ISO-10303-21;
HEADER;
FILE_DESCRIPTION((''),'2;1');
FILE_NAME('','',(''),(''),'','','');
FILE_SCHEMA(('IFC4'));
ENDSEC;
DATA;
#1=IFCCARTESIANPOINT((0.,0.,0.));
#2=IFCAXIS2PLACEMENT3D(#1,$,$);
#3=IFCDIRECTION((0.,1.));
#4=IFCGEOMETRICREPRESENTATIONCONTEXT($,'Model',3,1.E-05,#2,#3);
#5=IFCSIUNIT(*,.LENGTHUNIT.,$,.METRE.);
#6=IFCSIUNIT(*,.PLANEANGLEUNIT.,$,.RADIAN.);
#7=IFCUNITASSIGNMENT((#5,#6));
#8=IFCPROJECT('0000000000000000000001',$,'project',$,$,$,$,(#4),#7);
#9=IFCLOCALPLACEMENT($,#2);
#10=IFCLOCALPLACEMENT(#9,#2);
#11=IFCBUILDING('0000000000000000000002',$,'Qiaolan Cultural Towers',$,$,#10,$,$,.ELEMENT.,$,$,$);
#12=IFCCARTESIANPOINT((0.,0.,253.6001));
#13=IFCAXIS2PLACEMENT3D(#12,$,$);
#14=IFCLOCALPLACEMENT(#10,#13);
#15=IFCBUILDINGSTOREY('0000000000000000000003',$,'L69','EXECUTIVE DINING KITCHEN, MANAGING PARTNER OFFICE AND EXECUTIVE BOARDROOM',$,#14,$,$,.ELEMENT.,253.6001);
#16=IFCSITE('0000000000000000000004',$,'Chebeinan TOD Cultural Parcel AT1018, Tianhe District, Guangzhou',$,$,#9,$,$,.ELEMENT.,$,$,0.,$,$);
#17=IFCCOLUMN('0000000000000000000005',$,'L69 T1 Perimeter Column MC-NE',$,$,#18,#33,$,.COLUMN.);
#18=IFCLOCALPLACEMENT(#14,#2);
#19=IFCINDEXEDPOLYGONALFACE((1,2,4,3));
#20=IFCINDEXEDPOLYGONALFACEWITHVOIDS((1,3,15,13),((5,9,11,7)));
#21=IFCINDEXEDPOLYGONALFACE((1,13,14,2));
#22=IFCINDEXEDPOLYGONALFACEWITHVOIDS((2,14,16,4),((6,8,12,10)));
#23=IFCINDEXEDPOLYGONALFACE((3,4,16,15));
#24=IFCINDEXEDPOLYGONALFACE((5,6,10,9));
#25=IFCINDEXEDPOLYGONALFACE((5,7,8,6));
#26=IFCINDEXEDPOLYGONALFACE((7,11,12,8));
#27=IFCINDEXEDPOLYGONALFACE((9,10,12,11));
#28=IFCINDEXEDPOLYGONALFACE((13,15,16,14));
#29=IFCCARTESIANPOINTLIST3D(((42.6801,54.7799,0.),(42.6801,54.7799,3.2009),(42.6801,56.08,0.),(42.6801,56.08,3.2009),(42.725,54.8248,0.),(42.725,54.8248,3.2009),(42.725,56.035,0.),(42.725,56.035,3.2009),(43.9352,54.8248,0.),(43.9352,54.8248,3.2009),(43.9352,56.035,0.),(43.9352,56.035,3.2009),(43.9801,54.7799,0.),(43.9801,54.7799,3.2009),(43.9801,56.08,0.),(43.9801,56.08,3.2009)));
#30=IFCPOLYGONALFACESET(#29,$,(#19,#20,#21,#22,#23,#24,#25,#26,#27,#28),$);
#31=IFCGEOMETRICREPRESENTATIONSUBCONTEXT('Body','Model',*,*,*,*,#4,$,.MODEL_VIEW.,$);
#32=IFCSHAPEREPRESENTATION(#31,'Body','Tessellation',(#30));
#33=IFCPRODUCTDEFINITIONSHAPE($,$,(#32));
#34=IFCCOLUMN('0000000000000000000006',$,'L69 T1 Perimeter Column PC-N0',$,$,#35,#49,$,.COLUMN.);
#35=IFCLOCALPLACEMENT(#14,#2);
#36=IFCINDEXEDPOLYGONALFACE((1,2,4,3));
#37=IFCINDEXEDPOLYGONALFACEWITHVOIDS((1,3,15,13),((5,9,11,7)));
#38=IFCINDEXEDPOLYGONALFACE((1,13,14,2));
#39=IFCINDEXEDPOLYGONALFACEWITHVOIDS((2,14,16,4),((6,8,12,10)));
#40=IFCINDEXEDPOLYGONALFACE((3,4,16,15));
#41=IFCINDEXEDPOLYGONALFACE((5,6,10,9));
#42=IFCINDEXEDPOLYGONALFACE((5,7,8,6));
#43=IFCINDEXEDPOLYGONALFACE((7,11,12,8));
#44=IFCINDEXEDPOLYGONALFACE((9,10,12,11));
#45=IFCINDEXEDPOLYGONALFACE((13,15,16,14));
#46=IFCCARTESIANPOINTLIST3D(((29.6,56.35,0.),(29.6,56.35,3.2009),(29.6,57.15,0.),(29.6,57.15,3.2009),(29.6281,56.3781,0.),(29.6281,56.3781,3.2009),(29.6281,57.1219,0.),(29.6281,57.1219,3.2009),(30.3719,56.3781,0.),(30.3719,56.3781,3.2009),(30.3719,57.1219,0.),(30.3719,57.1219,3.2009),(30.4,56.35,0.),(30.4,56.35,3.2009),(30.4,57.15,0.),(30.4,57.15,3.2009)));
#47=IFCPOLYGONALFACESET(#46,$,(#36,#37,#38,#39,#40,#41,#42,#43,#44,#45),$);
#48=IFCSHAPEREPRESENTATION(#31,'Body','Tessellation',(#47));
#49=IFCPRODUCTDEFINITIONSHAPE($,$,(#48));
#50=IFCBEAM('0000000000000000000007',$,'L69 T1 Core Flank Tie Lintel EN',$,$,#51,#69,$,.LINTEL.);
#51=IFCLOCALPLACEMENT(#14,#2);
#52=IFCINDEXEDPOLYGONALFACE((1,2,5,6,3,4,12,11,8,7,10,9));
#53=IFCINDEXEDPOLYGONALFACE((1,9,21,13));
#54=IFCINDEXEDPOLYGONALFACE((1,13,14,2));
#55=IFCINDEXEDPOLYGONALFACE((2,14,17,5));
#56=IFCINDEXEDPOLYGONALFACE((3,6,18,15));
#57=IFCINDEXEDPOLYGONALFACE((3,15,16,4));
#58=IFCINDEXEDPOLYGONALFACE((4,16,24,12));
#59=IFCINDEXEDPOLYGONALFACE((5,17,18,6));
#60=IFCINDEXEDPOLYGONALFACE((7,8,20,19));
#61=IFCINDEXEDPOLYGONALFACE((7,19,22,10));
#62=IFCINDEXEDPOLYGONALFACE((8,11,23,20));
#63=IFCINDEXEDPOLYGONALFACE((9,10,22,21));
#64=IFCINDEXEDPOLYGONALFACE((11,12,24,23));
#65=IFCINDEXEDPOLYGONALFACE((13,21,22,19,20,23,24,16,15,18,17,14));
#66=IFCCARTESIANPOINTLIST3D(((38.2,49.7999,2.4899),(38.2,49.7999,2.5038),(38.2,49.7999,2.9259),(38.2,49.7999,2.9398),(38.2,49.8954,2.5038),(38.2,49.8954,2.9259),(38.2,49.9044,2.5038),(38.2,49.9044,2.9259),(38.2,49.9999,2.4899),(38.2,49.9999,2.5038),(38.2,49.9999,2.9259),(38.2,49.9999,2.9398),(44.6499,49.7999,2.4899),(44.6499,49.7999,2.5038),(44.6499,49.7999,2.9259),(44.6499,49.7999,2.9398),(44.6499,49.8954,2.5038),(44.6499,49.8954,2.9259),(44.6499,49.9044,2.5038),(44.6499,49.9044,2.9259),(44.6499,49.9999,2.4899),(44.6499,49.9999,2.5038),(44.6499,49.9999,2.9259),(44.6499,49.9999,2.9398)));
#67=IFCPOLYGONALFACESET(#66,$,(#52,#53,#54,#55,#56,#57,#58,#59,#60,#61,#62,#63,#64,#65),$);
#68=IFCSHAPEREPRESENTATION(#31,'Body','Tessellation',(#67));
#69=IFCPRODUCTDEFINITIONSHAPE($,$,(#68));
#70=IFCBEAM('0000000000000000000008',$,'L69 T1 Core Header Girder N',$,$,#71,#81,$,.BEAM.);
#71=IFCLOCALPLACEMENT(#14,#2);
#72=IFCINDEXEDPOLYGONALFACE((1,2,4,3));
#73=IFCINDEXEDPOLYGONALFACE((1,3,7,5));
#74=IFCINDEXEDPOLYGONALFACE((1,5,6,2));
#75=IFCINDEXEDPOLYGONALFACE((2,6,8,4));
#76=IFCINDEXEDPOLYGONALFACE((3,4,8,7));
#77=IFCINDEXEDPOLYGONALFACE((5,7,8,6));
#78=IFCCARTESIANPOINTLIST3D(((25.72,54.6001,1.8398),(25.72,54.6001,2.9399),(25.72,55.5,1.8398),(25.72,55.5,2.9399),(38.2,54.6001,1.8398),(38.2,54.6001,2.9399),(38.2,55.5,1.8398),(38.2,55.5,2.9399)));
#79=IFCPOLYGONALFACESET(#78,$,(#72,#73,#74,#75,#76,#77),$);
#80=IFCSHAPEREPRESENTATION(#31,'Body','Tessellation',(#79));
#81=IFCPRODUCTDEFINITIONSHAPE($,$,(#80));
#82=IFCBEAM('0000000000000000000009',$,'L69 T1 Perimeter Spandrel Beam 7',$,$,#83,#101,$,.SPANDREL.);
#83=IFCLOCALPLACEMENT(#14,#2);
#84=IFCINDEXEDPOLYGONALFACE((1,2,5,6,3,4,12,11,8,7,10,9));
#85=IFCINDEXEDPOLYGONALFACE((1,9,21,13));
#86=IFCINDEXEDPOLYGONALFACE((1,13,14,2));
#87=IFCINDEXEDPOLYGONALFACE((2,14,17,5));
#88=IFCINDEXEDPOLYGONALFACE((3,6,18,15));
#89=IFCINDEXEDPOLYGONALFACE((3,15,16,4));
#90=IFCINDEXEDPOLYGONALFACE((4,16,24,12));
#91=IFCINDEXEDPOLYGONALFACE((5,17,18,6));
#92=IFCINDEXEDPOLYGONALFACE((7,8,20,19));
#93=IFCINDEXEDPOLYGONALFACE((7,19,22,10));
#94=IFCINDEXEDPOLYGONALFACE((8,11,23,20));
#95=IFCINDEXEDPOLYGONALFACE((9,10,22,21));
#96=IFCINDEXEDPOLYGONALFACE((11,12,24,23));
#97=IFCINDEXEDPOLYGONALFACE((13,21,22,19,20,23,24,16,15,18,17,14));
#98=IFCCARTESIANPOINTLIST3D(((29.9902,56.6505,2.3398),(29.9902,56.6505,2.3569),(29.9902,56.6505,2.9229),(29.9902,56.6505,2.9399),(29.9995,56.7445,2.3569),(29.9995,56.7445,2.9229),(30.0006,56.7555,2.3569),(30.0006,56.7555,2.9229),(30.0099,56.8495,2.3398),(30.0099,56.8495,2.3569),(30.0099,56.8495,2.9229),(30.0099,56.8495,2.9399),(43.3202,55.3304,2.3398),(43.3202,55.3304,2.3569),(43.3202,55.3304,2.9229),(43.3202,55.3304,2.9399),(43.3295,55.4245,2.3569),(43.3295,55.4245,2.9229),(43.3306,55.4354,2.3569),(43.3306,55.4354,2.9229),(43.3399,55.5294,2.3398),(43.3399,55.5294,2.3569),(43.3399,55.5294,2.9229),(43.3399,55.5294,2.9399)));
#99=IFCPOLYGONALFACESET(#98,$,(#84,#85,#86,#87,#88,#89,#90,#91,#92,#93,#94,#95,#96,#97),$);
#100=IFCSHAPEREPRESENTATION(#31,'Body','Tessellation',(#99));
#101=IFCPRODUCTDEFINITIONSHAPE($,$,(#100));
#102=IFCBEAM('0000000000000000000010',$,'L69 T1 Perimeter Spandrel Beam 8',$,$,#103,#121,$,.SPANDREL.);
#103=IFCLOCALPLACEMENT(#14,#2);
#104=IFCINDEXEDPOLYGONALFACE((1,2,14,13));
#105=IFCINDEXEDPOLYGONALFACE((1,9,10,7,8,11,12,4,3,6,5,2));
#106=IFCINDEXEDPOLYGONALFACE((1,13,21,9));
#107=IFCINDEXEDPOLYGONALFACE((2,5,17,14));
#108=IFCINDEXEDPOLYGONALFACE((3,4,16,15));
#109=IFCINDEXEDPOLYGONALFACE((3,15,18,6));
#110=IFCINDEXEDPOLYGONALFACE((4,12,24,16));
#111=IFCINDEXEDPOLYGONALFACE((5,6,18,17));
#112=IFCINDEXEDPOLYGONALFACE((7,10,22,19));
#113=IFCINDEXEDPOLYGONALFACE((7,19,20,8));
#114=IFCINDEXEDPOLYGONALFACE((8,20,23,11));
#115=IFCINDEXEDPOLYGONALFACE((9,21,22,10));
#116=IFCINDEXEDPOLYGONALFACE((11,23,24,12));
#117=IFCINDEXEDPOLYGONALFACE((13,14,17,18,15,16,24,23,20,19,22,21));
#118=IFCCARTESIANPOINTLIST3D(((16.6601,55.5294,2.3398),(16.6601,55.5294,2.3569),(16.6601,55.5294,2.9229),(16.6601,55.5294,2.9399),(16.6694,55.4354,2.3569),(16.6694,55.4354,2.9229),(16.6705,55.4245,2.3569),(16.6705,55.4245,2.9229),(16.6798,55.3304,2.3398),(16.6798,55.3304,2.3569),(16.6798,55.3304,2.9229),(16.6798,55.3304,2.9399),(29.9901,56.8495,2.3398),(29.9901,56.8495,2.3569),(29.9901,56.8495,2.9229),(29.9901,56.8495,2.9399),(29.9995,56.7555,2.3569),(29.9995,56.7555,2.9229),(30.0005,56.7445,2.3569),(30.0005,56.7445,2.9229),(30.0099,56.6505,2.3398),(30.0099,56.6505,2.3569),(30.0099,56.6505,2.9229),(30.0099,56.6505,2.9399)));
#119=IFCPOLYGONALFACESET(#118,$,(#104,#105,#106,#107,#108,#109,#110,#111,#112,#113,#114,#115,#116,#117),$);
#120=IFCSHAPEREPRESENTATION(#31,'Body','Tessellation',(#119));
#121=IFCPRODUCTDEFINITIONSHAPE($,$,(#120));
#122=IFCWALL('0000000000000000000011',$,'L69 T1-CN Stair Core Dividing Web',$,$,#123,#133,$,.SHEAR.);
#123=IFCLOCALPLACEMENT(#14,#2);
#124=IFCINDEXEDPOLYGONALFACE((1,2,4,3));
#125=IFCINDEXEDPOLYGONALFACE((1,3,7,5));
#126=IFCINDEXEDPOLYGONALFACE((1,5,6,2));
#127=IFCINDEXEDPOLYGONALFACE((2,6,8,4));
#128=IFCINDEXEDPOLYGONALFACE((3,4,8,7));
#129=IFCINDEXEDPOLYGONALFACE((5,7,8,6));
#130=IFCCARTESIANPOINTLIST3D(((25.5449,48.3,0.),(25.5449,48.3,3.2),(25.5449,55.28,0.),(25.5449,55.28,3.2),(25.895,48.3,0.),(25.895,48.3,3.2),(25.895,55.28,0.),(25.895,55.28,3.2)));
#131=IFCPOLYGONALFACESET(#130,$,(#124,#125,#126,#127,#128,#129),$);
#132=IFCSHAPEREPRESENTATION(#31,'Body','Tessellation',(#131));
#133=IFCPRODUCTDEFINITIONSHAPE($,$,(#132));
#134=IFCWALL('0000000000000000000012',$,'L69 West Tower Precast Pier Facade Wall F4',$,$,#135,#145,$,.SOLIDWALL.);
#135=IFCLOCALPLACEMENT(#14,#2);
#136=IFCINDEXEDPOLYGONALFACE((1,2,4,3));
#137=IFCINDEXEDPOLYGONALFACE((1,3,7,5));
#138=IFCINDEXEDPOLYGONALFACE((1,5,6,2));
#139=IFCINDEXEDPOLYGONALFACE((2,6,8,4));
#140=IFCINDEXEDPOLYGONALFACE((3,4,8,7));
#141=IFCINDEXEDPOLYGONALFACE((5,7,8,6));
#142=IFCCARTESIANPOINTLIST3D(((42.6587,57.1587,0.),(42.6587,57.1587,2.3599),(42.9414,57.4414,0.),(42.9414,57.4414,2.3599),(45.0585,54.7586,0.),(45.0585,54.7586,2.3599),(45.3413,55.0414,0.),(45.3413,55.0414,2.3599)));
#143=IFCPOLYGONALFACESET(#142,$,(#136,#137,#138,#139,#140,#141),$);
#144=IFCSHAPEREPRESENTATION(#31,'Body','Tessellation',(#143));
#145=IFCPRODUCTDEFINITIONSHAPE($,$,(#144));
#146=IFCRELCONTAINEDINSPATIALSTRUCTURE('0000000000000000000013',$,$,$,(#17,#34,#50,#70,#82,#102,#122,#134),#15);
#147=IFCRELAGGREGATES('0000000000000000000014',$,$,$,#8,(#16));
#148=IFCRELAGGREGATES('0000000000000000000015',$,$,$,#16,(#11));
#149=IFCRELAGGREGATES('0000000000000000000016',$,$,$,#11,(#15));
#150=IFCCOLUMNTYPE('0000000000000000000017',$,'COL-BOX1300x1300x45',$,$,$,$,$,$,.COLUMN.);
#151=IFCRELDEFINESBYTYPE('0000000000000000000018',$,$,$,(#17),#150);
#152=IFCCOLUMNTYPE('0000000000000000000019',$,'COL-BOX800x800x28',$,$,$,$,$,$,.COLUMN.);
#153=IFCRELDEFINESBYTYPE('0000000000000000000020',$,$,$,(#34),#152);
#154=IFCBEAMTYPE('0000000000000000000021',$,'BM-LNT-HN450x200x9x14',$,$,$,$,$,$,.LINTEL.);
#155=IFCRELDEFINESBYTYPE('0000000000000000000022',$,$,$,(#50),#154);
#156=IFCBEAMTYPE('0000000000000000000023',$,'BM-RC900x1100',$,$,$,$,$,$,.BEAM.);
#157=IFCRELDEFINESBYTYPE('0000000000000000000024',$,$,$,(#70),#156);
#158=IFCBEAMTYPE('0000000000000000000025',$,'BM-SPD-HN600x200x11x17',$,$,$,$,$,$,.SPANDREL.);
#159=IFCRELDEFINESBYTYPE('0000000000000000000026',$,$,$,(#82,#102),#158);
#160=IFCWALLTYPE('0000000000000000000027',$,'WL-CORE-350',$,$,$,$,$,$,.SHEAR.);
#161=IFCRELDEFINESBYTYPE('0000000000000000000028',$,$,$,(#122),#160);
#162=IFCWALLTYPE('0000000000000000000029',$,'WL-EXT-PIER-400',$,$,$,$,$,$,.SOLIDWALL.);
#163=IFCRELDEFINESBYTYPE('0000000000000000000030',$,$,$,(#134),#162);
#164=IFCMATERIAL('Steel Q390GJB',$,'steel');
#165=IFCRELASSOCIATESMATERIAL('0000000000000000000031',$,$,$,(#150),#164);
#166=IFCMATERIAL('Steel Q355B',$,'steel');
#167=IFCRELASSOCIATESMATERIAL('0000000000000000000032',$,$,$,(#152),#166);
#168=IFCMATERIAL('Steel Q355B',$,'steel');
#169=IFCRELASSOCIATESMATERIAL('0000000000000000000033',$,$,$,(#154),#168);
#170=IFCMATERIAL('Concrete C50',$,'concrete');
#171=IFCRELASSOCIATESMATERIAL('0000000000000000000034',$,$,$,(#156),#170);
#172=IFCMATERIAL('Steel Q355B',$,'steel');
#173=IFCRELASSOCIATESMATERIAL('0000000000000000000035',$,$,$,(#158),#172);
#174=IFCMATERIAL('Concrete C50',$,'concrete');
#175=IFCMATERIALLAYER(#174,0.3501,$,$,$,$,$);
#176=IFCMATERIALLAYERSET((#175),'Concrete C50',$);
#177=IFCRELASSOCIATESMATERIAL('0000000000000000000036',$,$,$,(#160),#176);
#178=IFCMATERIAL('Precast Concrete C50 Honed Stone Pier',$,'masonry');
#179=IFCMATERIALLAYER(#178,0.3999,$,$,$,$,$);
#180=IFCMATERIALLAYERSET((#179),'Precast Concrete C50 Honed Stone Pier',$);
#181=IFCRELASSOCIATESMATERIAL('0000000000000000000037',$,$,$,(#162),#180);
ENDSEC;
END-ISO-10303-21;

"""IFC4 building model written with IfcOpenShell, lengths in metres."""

from ifc_helpers import new_model, si_unit, direction, frame, frame_2d, origin, origin_2d, place, context, subcontext, project, spatial, rectangle, hollow_rectangle, i_section, extrude, material, layer, layer_set, material_profile, profile_set, type_object, element, save


model = new_model("IFC4")

# Units and contexts
model_context = context("Model", 3, precision=1e-05, world=origin(), true_north=direction((0.0, 1.0)))
body_context = subcontext(model_context, "Body", "Model", "MODEL_VIEW")
ifc_project = project(units=[si_unit("LENGTHUNIT", "METRE"), si_unit("PLANEANGLEUNIT", "RADIAN")], contexts=[model_context])

# Site, building, storey
site_placement = place(None, origin())
site = spatial("IfcSite", under=ifc_project, at=site_placement, Name="Chebeinan TOD Cultural Parcel AT1018, Tianhe District, Guangzhou", CompositionType="ELEMENT", RefElevation=0.0)
building_placement = place(site_placement, origin())
building = spatial("IfcBuilding", under=site, at=building_placement, Name="Qiaolan Cultural Towers", CompositionType="ELEMENT")
storey_placement = place(building_placement, frame((0.0, 0.0, 253.6001)))
storey = spatial("IfcBuildingStorey", under=building, at=storey_placement, Name="L69", Description="EXECUTIVE DINING KITCHEN, MANAGING PARTNER OFFICE AND EXECUTIVE BOARDROOM", CompositionType="ELEMENT", Elevation=253.6001)

# Columns
ifc_material_1 = material(Name="Steel Q390GJB", Category="steel")
ifc_material_profile_1 = material_profile(ifc_material_1, hollow_rectangle(XDim=1.3, YDim=1.3, WallThickness=0.0449, at=origin_2d()), Name="BOX1300x1300x45")
ifc_profile_set_1 = profile_set([ifc_material_profile_1], Name="Steel Q390GJB")
column_type_1 = type_object("IfcColumnType", Name="COL-BOX1300x1300x45", PredefinedType="COLUMN", material=ifc_profile_set_1)
column_1_placement = place(storey_placement, frame((43.3301, 55.4299, 0.0), z_axis=(0.0, 0.0, 1.0), x_axis=(1.0, 0.0, 0.0)))
element("IfcColumn", 1, at=column_1_placement, inside=storey, type_object=column_type_1, Name="L69 T1 Perimeter Column MC-NE", PredefinedType="COLUMN", context=body_context, shape_type="SweptSolid", body=[
    extrude(hollow_rectangle(XDim=1.3, YDim=1.3, WallThickness=0.0449, at=origin_2d()), origin(), (0.0, 0.0, 1.0), 3.2009),
])
ifc_material_2 = material(Name="Steel Q355B", Category="steel")
ifc_material_profile_2 = material_profile(ifc_material_2, hollow_rectangle(XDim=0.8, YDim=0.8, WallThickness=0.0281, at=origin_2d()), Name="BOX800x800x28")
ifc_profile_set_2 = profile_set([ifc_material_profile_2], Name="Steel Q355B")
column_type_2 = type_object("IfcColumnType", Name="COL-BOX800x800x28", PredefinedType="COLUMN", material=ifc_profile_set_2)
column_2_placement = place(storey_placement, frame((30.0, 56.75, 0.0), z_axis=(0.0, 0.0, 1.0), x_axis=(1.0, 0.0, 0.0)))
element("IfcColumn", 2, at=column_2_placement, inside=storey, type_object=column_type_2, Name="L69 T1 Perimeter Column PC-N0", PredefinedType="COLUMN", context=body_context, shape_type="SweptSolid", body=[
    extrude(hollow_rectangle(XDim=0.8, YDim=0.8, WallThickness=0.0281, at=origin_2d()), origin(), (0.0, 0.0, 1.0), 3.2009),
])

# Beams
ifc_material_3 = material(Name="Steel Q355B", Category="steel")
ifc_material_profile_3 = material_profile(ifc_material_3, i_section(OverallWidth=0.2, OverallDepth=0.45, WebThickness=0.009, FlangeThickness=0.0139, at=origin_2d()), Name="HN450x200x9x14")
ifc_profile_set_3 = profile_set([ifc_material_profile_3], Name="Steel Q355B")
beam_type_1 = type_object("IfcBeamType", Name="BM-LNT-HN450x200x9x14", PredefinedType="LINTEL", material=ifc_profile_set_3)
beam_1_placement = place(storey_placement, frame((38.2, 49.8999, 2.7148), z_axis=(1.0, 0.0, 0.0), x_axis=(0.0, 1.0, 0.0)))
element("IfcBeam", 3, at=beam_1_placement, inside=storey, type_object=beam_type_1, Name="L69 T1 Core Flank Tie Lintel EN", PredefinedType="LINTEL", context=body_context, shape_type="SweptSolid", body=[
    extrude(i_section(OverallWidth=0.2, OverallDepth=0.45, WebThickness=0.009, FlangeThickness=0.0139, at=origin_2d()), origin(), (0.0, 0.0, 1.0), 6.45),
])
ifc_material_4 = material(Name="Concrete C50", Category="concrete")
ifc_material_profile_4 = material_profile(ifc_material_4, rectangle(XDim=0.8999, YDim=1.1001, at=origin_2d()), Name="RC900x1100")
ifc_profile_set_4 = profile_set([ifc_material_profile_4], Name="Concrete C50")
beam_type_2 = type_object("IfcBeamType", Name="BM-RC900x1100", PredefinedType="BEAM", material=ifc_profile_set_4)
beam_2_placement = place(storey_placement, frame((25.72, 55.05, 2.3899), z_axis=(1.0, 0.0, 0.0), x_axis=(0.0, 1.0, 0.0)))
element("IfcBeam", 4, at=beam_2_placement, inside=storey, type_object=beam_type_2, Name="L69 T1 Core Header Girder N", PredefinedType="BEAM", context=body_context, shape_type="SweptSolid", body=[
    extrude(rectangle(XDim=0.8999, YDim=1.1001, at=origin_2d()), origin(), (0.0, 0.0, 1.0), 12.48),
])
ifc_material_5 = material(Name="Steel Q355B", Category="steel")
ifc_material_profile_5 = material_profile(ifc_material_5, i_section(OverallWidth=0.2, OverallDepth=0.6001, WebThickness=0.011, FlangeThickness=0.0171, at=origin_2d()), Name="HN600x200x11x17")
ifc_profile_set_5 = profile_set([ifc_material_profile_5], Name="Steel Q355B")
beam_type_3 = type_object("IfcBeamType", Name="BM-SPD-HN600x200x11x17", PredefinedType="SPANDREL", material=ifc_profile_set_5)
for number, where, z_axis, x_axis, name in (
    (5, (43.3301, 55.4299, 2.6399), (-0.995132, 0.098547, 0.0), (-0.098547, -0.995132, 0.0), "L69 T1 Perimeter Spandrel Beam 7"),
    (6, (30.0, 56.75, 2.6399), (-0.995132, -0.098547, 0.0), (0.098547, -0.995132, 0.0), "L69 T1 Perimeter Spandrel Beam 8"),
):
    element("IfcBeam", number, at=place(storey_placement, frame(where, z_axis=z_axis, x_axis=x_axis)), inside=storey, type_object=beam_type_3, Name=name, PredefinedType="SPANDREL", context=body_context, shape_type="SweptSolid", body=[
        extrude(i_section(OverallWidth=0.2, OverallDepth=0.6001, WebThickness=0.011, FlangeThickness=0.0171, at=origin_2d()), origin(), (0.0, 0.0, 1.0), 13.3953),
    ])

# Walls
ifc_material_6 = material(Name="Concrete C50", Category="concrete")
ifc_layer_1 = layer(ifc_material_6, 0.3501)
ifc_layer_set_1 = layer_set([ifc_layer_1], Name="Concrete C50")
wall_type_1 = type_object("IfcWallType", Name="WL-CORE-350", PredefinedType="SHEAR", material=ifc_layer_set_1)
wall_1_placement = place(storey_placement, frame((25.72, 48.3, 0.0), z_axis=(0.0, 0.0, 1.0), x_axis=(0.0, 1.0, 0.0)))
element("IfcWall", 7, at=wall_1_placement, inside=storey, type_object=wall_type_1, Name="L69 T1-CN Stair Core Dividing Web", PredefinedType="SHEAR", context=body_context, shape_type="SweptSolid", body=[
    extrude(rectangle(XDim=6.98, YDim=0.3501, at=frame_2d((3.49, 0.0))), origin(), (0.0, 0.0, 1.0), 3.2),
])
ifc_material_7 = material(Name="Precast Concrete C50 Honed Stone Pier", Category="masonry")
ifc_layer_2 = layer(ifc_material_7, 0.3999)
ifc_layer_set_2 = layer_set([ifc_layer_2], Name="Precast Concrete C50 Honed Stone Pier")
wall_type_2 = type_object("IfcWallType", Name="WL-EXT-PIER-400", PredefinedType="SOLIDWALL", material=ifc_layer_set_2)
wall_2_placement = place(storey_placement, frame((42.8, 57.3, 0.0), z_axis=(0.0, 0.0, 1.0), x_axis=(0.707071, -0.707143, 0.0)))
element("IfcWall", 8, at=wall_2_placement, inside=storey, type_object=wall_type_2, Name="L69 West Tower Precast Pier Facade Wall F4", PredefinedType="SOLIDWALL", context=body_context, shape_type="SweptSolid", body=[
    extrude(rectangle(XDim=3.394, YDim=0.3999, at=frame_2d((1.697, 0.0))), origin(), (0.0, 0.0, 1.0), 2.3599),
])

save(model, "model.ifc")
